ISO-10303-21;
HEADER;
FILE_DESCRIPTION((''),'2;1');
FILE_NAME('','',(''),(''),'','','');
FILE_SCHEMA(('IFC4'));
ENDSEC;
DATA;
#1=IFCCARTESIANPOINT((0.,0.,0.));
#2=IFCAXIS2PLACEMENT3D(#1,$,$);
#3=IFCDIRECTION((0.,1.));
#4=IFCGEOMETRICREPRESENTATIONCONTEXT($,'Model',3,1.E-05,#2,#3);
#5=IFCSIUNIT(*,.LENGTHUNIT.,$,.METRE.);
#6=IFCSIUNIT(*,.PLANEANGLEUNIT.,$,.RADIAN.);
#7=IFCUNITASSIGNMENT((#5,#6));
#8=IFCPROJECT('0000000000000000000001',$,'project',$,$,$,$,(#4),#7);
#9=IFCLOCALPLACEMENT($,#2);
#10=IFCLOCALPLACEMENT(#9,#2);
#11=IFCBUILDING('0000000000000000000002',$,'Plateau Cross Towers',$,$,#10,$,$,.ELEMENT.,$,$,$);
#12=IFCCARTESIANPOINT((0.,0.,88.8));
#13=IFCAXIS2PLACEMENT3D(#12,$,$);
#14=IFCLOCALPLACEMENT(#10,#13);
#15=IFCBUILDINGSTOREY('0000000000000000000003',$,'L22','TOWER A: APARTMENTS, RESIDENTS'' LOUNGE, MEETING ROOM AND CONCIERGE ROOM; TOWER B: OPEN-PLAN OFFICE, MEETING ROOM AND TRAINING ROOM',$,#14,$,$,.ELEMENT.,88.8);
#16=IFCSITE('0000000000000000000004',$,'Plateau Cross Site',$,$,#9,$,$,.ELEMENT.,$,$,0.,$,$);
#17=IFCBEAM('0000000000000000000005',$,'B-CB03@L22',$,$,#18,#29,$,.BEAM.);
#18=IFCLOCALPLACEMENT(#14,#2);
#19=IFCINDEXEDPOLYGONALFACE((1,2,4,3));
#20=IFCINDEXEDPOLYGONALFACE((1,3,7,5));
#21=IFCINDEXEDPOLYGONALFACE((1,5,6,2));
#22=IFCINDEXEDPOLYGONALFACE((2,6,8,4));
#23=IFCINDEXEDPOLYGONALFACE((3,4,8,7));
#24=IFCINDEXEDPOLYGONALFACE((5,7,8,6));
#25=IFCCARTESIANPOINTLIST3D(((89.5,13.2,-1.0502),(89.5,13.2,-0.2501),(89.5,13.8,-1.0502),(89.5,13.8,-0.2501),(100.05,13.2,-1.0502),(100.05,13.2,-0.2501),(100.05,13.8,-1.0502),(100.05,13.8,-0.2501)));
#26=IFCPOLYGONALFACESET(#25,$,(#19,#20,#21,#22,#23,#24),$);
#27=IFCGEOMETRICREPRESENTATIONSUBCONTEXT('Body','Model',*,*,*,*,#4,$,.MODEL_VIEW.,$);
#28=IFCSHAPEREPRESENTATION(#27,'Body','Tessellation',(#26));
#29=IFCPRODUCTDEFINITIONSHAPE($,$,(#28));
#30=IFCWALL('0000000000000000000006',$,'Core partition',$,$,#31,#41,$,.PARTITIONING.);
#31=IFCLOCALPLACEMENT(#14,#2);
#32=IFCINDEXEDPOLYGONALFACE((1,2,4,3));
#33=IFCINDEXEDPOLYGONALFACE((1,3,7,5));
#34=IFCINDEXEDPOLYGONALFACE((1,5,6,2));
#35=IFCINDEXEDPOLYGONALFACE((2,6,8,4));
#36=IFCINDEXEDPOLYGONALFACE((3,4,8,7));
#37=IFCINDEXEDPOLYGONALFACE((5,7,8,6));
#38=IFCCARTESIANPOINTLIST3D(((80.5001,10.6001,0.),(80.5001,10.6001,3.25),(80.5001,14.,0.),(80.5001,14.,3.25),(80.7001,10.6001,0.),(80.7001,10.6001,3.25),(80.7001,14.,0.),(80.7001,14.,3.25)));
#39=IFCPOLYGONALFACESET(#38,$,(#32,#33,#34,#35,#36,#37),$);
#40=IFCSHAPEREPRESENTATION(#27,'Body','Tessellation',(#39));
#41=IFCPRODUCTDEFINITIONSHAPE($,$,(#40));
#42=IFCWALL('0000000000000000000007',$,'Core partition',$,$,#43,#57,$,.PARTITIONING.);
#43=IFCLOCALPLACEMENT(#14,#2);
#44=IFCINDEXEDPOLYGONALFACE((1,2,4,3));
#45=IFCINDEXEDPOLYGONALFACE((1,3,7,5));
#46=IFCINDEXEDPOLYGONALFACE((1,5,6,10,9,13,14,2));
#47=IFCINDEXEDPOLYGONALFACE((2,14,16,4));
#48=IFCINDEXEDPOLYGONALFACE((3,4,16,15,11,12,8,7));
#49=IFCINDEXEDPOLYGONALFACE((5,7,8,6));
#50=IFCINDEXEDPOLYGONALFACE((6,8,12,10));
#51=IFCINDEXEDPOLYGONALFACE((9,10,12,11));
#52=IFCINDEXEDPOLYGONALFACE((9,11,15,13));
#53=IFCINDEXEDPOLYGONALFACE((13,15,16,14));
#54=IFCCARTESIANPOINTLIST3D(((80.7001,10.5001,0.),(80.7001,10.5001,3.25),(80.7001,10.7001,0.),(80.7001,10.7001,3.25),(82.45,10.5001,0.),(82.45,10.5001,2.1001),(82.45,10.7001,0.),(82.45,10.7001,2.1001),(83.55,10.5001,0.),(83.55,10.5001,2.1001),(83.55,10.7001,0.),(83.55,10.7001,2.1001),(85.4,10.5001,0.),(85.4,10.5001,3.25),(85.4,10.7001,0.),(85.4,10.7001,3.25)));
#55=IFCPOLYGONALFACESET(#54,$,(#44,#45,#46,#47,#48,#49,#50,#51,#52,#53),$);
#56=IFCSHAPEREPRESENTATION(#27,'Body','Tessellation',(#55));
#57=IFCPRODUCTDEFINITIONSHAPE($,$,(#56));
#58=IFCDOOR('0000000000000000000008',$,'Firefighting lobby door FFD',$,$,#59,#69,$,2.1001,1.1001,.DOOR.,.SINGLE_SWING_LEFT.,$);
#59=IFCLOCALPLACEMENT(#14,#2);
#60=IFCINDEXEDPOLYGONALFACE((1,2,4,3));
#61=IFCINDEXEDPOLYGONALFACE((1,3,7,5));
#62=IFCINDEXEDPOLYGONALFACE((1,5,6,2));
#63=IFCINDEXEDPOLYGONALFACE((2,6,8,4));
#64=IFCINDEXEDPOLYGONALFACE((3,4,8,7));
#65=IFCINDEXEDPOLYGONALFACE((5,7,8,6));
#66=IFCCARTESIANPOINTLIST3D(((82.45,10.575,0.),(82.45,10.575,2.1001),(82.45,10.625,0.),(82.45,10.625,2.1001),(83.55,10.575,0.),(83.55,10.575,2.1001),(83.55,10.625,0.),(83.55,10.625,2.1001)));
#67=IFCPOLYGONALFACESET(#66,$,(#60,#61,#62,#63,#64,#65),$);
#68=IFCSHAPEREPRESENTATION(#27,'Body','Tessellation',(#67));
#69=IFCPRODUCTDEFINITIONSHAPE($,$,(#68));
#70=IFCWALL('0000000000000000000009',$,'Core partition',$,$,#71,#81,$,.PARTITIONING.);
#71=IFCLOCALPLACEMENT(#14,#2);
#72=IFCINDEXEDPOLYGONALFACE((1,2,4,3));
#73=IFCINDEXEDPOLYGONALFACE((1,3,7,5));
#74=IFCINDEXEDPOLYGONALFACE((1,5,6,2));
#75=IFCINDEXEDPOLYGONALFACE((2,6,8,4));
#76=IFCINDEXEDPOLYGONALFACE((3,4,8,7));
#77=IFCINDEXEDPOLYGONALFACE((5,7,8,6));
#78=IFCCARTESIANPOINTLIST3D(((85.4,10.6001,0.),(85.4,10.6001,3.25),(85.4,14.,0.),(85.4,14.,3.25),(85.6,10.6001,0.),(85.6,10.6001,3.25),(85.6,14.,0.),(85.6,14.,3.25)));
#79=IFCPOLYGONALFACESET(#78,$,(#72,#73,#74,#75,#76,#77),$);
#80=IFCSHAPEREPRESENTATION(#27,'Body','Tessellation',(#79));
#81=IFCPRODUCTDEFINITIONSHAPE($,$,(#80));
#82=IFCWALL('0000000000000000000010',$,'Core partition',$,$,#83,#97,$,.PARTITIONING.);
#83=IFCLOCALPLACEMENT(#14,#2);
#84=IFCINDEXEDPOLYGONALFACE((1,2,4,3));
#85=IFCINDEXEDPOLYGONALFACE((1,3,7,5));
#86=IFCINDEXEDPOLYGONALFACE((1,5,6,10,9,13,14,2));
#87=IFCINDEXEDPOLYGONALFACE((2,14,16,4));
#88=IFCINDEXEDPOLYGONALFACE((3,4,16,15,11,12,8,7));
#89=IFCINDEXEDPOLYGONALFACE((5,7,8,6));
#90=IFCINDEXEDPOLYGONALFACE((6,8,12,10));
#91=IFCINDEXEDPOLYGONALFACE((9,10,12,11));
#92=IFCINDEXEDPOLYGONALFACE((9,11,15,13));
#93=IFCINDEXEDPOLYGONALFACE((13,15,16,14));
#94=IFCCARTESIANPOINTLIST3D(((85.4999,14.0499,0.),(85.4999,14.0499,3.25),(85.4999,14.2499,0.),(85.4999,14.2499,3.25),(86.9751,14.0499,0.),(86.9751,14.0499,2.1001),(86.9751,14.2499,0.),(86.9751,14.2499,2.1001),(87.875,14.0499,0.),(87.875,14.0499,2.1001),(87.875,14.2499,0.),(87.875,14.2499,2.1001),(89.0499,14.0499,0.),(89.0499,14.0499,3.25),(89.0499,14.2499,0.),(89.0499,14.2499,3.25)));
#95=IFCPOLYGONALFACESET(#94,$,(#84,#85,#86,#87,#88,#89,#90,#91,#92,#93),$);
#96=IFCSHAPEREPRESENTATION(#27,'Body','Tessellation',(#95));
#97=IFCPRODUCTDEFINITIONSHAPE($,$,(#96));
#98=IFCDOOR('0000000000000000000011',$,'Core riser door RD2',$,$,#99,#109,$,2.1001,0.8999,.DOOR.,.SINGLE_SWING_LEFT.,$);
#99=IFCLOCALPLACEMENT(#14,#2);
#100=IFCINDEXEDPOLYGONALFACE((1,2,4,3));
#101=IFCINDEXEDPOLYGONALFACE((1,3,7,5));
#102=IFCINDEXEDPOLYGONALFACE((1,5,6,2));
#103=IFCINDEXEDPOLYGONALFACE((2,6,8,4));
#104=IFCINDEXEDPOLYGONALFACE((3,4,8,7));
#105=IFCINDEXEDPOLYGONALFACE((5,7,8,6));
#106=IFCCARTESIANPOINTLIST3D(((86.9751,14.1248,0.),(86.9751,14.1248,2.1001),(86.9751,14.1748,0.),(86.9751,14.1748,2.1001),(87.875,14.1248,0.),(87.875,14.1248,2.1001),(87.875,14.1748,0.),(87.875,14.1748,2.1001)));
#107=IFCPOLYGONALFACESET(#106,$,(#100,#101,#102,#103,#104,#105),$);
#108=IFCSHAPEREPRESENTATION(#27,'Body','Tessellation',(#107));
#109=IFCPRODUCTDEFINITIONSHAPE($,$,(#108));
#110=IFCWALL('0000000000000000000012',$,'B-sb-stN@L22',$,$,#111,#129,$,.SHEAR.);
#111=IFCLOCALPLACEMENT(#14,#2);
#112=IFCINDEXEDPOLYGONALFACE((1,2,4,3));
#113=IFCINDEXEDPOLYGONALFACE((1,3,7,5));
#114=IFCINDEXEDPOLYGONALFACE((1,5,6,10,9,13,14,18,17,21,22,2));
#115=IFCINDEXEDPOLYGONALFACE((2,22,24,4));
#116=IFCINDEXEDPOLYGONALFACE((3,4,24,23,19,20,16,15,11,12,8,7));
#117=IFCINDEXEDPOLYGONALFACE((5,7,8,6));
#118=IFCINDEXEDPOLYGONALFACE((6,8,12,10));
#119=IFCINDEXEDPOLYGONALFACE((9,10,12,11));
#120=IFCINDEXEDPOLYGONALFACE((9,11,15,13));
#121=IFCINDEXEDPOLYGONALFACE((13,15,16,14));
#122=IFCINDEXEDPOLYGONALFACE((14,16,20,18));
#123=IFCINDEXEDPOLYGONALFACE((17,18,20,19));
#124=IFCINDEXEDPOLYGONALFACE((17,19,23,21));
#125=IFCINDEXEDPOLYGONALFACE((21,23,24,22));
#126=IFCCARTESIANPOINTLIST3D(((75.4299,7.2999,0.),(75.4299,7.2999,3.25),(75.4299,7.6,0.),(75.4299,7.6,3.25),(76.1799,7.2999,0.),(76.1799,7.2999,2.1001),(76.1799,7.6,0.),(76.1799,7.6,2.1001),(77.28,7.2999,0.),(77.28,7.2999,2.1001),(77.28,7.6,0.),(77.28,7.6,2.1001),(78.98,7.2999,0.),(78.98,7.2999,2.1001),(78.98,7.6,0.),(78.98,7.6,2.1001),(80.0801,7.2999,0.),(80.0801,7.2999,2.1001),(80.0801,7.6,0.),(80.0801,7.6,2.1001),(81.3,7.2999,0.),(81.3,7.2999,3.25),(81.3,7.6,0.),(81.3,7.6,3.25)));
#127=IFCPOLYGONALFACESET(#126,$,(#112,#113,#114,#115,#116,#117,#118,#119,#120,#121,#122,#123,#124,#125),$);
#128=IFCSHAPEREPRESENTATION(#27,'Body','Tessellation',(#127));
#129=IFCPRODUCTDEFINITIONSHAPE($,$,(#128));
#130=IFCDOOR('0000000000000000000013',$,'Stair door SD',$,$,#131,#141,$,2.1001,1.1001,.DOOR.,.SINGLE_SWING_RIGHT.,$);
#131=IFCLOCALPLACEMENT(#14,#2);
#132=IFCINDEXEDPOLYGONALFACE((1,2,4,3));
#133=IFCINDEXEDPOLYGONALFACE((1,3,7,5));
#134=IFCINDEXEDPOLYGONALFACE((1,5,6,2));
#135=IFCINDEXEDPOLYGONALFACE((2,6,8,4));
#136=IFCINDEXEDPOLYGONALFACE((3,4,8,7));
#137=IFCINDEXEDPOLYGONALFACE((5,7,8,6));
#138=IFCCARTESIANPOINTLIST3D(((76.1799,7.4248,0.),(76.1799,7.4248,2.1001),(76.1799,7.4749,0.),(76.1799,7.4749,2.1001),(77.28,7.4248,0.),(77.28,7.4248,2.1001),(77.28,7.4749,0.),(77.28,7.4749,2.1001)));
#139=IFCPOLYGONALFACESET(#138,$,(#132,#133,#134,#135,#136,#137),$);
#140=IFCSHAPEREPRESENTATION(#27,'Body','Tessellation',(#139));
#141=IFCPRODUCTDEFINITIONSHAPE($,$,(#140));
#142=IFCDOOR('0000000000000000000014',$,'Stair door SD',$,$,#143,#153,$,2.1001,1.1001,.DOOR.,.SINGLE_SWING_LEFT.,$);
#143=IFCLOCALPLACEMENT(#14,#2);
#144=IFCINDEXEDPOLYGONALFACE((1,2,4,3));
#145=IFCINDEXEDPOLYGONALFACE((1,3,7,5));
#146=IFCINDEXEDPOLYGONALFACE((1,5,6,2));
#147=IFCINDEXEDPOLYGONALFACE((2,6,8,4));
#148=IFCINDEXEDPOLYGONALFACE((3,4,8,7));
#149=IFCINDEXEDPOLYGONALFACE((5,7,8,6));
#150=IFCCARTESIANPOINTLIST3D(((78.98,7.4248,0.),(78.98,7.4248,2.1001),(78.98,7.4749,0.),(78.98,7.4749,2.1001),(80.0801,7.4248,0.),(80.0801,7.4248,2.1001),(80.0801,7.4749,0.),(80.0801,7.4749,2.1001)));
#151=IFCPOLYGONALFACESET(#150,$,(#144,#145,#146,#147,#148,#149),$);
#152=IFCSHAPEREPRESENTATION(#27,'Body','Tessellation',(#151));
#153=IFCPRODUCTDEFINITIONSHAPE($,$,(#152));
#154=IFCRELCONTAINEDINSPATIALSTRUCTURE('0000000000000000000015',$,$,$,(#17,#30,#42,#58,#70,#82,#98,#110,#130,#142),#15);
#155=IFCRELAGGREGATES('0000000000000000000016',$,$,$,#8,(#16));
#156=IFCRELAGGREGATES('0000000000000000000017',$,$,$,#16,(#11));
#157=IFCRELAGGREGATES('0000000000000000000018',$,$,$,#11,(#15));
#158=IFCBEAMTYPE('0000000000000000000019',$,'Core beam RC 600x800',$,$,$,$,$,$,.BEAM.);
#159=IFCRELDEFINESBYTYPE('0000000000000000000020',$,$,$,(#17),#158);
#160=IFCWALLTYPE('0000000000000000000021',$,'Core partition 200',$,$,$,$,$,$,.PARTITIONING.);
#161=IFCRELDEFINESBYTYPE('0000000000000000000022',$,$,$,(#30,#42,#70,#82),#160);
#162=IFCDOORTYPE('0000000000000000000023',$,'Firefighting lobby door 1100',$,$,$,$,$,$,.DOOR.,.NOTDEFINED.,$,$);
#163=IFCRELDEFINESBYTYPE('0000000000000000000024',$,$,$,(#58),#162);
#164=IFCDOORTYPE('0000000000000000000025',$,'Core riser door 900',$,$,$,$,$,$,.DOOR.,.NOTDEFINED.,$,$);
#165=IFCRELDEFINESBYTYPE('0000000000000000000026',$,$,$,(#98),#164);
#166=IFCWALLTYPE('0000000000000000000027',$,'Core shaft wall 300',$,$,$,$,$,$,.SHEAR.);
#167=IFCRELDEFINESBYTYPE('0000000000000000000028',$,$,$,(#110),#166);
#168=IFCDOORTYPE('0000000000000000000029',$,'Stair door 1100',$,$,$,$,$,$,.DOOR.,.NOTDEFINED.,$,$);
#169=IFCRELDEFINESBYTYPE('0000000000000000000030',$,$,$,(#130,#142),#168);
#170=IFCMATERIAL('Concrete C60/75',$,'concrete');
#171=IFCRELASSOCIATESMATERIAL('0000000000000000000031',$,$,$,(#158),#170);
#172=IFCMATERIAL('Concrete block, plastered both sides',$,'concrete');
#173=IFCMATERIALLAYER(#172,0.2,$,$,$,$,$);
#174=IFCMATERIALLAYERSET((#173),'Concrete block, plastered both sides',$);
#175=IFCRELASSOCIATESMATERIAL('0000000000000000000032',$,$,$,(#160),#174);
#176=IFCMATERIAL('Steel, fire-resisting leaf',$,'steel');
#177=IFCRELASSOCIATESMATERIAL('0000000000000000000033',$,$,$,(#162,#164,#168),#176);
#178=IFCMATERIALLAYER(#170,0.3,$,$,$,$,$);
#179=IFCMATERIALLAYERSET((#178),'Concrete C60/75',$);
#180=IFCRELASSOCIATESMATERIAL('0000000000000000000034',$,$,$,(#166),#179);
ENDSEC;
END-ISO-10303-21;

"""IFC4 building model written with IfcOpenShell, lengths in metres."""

from ifc_helpers import new_model, si_unit, direction, frame, frame_2d, origin, origin_2d, place, context, subcontext, project, spatial, rectangle, extrude, material, layer, layer_set, material_profile, profile_set, type_object, element, fill, save


model = new_model("IFC4")

# Units and contexts
model_context = context("Model", 3, precision=1e-05, world=origin(), true_north=direction((0.0, 1.0)))
body_context = subcontext(model_context, "Body", "Model", "MODEL_VIEW")
ifc_project = project(units=[si_unit("LENGTHUNIT", "METRE"), si_unit("PLANEANGLEUNIT", "RADIAN")], contexts=[model_context])

# Site, building, storey
site_placement = place(None, origin())
site = spatial("IfcSite", under=ifc_project, at=site_placement, Name="Plateau Cross Site", CompositionType="ELEMENT", RefElevation=0.0)
building_placement = place(site_placement, origin())
building = spatial("IfcBuilding", under=site, at=building_placement, Name="Plateau Cross Towers", CompositionType="ELEMENT")
storey_placement = place(building_placement, frame((0.0, 0.0, 88.8)))
storey = spatial("IfcBuildingStorey", under=building, at=storey_placement, Name="L22", Description="TOWER A: APARTMENTS, RESIDENTS' LOUNGE, MEETING ROOM AND CONCIERGE ROOM; TOWER B: OPEN-PLAN OFFICE, MEETING ROOM AND TRAINING ROOM", CompositionType="ELEMENT", Elevation=88.8)

# Beam
ifc_material_1 = material(Name="Concrete C60/75", Category="concrete")
ifc_material_profile = material_profile(ifc_material_1, rectangle(XDim=0.6001, YDim=0.8, at=origin_2d()), Name="RC 600x800")
ifc_profile_set = profile_set([ifc_material_profile], Name="Concrete C60/75")
beam_type = type_object("IfcBeamType", Name="Core beam RC 600x800", PredefinedType="BEAM", material=ifc_profile_set)
beam_placement = place(storey_placement, frame((89.5, 13.5, -0.6501), z_axis=(1.0, 0.0, 0.0), x_axis=(0.0, 1.0, 0.0)))
element("IfcBeam", 1, at=beam_placement, inside=storey, type_object=beam_type, Name="B-CB03@L22", PredefinedType="BEAM", context=body_context, shape_type="SweptSolid", body=[
    extrude(rectangle(XDim=0.6001, YDim=0.8, at=origin_2d()), origin(), (0.0, 0.0, 1.0), 10.55),
])

# Wall
ifc_material_2 = material(Name="Concrete block, plastered both sides", Category="concrete")
ifc_layer_1 = layer(ifc_material_2, 0.2)
ifc_layer_set_1 = layer_set([ifc_layer_1], Name="Concrete block, plastered both sides")
wall_type_1 = type_object("IfcWallType", Name="Core partition 200", PredefinedType="PARTITIONING", material=ifc_layer_set_1)
wall_1_placement = place(storey_placement, frame((80.6001, 10.6001, 0.0), z_axis=(0.0, 0.0, 1.0), x_axis=(0.0, 1.0, 0.0)))
element("IfcWall", 2, at=wall_1_placement, inside=storey, type_object=wall_type_1, Name="Core partition", PredefinedType="PARTITIONING", context=body_context, shape_type="SweptSolid", body=[
    extrude(rectangle(XDim=3.3999, YDim=0.2, at=frame_2d((1.7, 0.0))), origin(), (0.0, 0.0, 1.0), 3.25),
])

# Wall, opening, door
wall_2_placement = place(storey_placement, frame((80.7, 10.6001, 0.0), z_axis=(0.0, 0.0, 1.0), x_axis=(1.0, 0.0, 0.0)))
wall_2 = element("IfcWall", 3, at=wall_2_placement, inside=storey, type_object=wall_type_1, Name="Core partition", PredefinedType="PARTITIONING", context=body_context, shape_type="SweptSolid", body=[
    extrude(rectangle(XDim=4.7, YDim=0.2, at=frame_2d((2.3501, 0.0))), origin(), (0.0, 0.0, 1.0), 3.25),
])
opening_1_placement = place(wall_2_placement, frame((1.75, 0.0, 0.0)))
opening_1 = element("IfcOpeningElement", 4, at=opening_1_placement, cuts=wall_2, PredefinedType="OPENING", context=body_context, shape_type="SweptSolid", body=[
    extrude(rectangle(XDim=1.1001, YDim=2.1001, at=frame_2d((0.55, 1.05))), frame((0.0, 0.1099, 0.0), z_axis=(0.0, -1.0, 0.0), x_axis=(1.0, 0.0, 0.0)), (0.0, 0.0, 1.0), 0.22),
])
ifc_material_3 = material(Name="Steel, fire-resisting leaf", Category="steel")
door_type_1 = type_object("IfcDoorType", Name="Firefighting lobby door 1100", OperationType="NOTDEFINED", PredefinedType="DOOR", material=ifc_material_3)
door_1_placement = place(opening_1_placement, origin())
door_1 = element("IfcDoor", 5, at=door_1_placement, inside=storey, type_object=door_type_1, Name="Firefighting lobby door FFD", OperationType="SINGLE_SWING_LEFT", OverallHeight=2.1001, OverallWidth=1.1001, PredefinedType="DOOR", context=body_context, shape_type="SweptSolid", body=[
    extrude(rectangle(XDim=1.1001, YDim=2.1001, at=frame_2d((0.55, 1.05))), frame((0.0, 0.0249, 0.0), z_axis=(0.0, -1.0, 0.0), x_axis=(1.0, 0.0, 0.0)), (0.0, 0.0, 1.0), 0.05),
])
fill(opening_1, door_1)

# Wall
wall_3_placement = place(storey_placement, frame((85.5, 10.6001, 0.0), z_axis=(0.0, 0.0, 1.0), x_axis=(0.0, 1.0, 0.0)))
element("IfcWall", 6, at=wall_3_placement, inside=storey, type_object=wall_type_1, Name="Core partition", PredefinedType="PARTITIONING", context=body_context, shape_type="SweptSolid", body=[
    extrude(rectangle(XDim=3.3999, YDim=0.2, at=frame_2d((1.7, 0.0))), origin(), (0.0, 0.0, 1.0), 3.25),
])

# Wall, opening, door
wall_4_placement = place(storey_placement, frame((85.5, 14.1499, 0.0), z_axis=(0.0, 0.0, 1.0), x_axis=(1.0, 0.0, 0.0)))
wall_4 = element("IfcWall", 7, at=wall_4_placement, inside=storey, type_object=wall_type_1, Name="Core partition", PredefinedType="PARTITIONING", context=body_context, shape_type="SweptSolid", body=[
    extrude(rectangle(XDim=3.55, YDim=0.2, at=frame_2d((1.7749, 0.0))), origin(), (0.0, 0.0, 1.0), 3.25),
])
opening_2_placement = place(wall_4_placement, frame((1.4751, 0.0, 0.0)))
opening_2 = element("IfcOpeningElement", 8, at=opening_2_placement, cuts=wall_4, PredefinedType="OPENING", context=body_context, shape_type="SweptSolid", body=[
    extrude(rectangle(XDim=0.8999, YDim=2.1001, at=frame_2d((0.45, 1.05))), frame((0.0, 0.1099, 0.0), z_axis=(0.0, -1.0, 0.0), x_axis=(1.0, 0.0, 0.0)), (0.0, 0.0, 1.0), 0.22),
])
door_type_2 = type_object("IfcDoorType", Name="Core riser door 900", OperationType="NOTDEFINED", PredefinedType="DOOR", material=ifc_material_3)
door_2_placement = place(opening_2_placement, origin())
door_2 = element("IfcDoor", 9, at=door_2_placement, inside=storey, type_object=door_type_2, Name="Core riser door RD2", OperationType="SINGLE_SWING_LEFT", OverallHeight=2.1001, OverallWidth=0.8999, PredefinedType="DOOR", context=body_context, shape_type="SweptSolid", body=[
    extrude(rectangle(XDim=0.8999, YDim=2.1001, at=frame_2d((0.45, 1.05))), frame((0.0, 0.0249, 0.0), z_axis=(0.0, -1.0, 0.0), x_axis=(1.0, 0.0, 0.0)), (0.0, 0.0, 1.0), 0.05),
])
fill(opening_2, door_2)

# Wall, openings, doors
ifc_layer_2 = layer(ifc_material_1, 0.3)
ifc_layer_set_2 = layer_set([ifc_layer_2], Name="Concrete C60/75")
wall_type_2 = type_object("IfcWallType", Name="Core shaft wall 300", PredefinedType="SHEAR", material=ifc_layer_set_2)
wall_5_placement = place(storey_placement, frame((75.4299, 7.45, 0.0), z_axis=(0.0, 0.0, 1.0), x_axis=(1.0, 0.0, 0.0)))
wall_5 = element("IfcWall", 10, at=wall_5_placement, inside=storey, type_object=wall_type_2, Name="B-sb-stN@L22", PredefinedType="SHEAR", context=body_context, shape_type="SweptSolid", body=[
    extrude(rectangle(XDim=5.8701, YDim=0.3, at=frame_2d((2.9351, 0.0))), origin(), (0.0, 0.0, 1.0), 3.25),
])
opening_3_placement = place(wall_5_placement, frame((0.75, 0.0, 0.0)))
opening_3 = element("IfcOpeningElement", 11, at=opening_3_placement, cuts=wall_5, PredefinedType="OPENING", context=body_context, shape_type="SweptSolid", body=[
    extrude(rectangle(XDim=1.1001, YDim=2.1001, at=frame_2d((0.55, 1.05))), frame((0.0, 0.1599, 0.0), z_axis=(0.0, -1.0, 0.0), x_axis=(1.0, 0.0, 0.0)), (0.0, 0.0, 1.0), 0.3201),
])
opening_4_placement = place(wall_5_placement, frame((3.55, 0.0, 0.0)))
opening_4 = element("IfcOpeningElement", 12, at=opening_4_placement, cuts=wall_5, PredefinedType="OPENING", context=body_context, shape_type="SweptSolid", body=[
    extrude(rectangle(XDim=1.1001, YDim=2.1001, at=frame_2d((0.55, 1.05))), frame((0.0, 0.1599, 0.0), z_axis=(0.0, -1.0, 0.0), x_axis=(1.0, 0.0, 0.0)), (0.0, 0.0, 1.0), 0.3201),
])
door_type_3 = type_object("IfcDoorType", Name="Stair door 1100", OperationType="NOTDEFINED", PredefinedType="DOOR", material=ifc_material_3)
door_3_placement = place(opening_3_placement, origin())
door_3 = element("IfcDoor", 13, at=door_3_placement, inside=storey, type_object=door_type_3, Name="Stair door SD", OperationType="SINGLE_SWING_RIGHT", OverallHeight=2.1001, OverallWidth=1.1001, PredefinedType="DOOR", context=body_context, shape_type="SweptSolid", body=[
    extrude(rectangle(XDim=1.1001, YDim=2.1001, at=frame_2d((0.55, 1.05))), frame((0.0, 0.0249, 0.0), z_axis=(0.0, -1.0, 0.0), x_axis=(1.0, 0.0, 0.0)), (0.0, 0.0, 1.0), 0.05),
])
fill(opening_3, door_3)
door_4_placement = place(opening_4_placement, origin())
door_4 = element("IfcDoor", 14, at=door_4_placement, inside=storey, type_object=door_type_3, Name="Stair door SD", OperationType="SINGLE_SWING_LEFT", OverallHeight=2.1001, OverallWidth=1.1001, PredefinedType="DOOR", context=body_context, shape_type="SweptSolid", body=[
    extrude(rectangle(XDim=1.1001, YDim=2.1001, at=frame_2d((0.55, 1.05))), frame((0.0, 0.0249, 0.0), z_axis=(0.0, -1.0, 0.0), x_axis=(1.0, 0.0, 0.0)), (0.0, 0.0, 1.0), 0.05),
])
fill(opening_4, door_4)

save(model, "model.ifc")
